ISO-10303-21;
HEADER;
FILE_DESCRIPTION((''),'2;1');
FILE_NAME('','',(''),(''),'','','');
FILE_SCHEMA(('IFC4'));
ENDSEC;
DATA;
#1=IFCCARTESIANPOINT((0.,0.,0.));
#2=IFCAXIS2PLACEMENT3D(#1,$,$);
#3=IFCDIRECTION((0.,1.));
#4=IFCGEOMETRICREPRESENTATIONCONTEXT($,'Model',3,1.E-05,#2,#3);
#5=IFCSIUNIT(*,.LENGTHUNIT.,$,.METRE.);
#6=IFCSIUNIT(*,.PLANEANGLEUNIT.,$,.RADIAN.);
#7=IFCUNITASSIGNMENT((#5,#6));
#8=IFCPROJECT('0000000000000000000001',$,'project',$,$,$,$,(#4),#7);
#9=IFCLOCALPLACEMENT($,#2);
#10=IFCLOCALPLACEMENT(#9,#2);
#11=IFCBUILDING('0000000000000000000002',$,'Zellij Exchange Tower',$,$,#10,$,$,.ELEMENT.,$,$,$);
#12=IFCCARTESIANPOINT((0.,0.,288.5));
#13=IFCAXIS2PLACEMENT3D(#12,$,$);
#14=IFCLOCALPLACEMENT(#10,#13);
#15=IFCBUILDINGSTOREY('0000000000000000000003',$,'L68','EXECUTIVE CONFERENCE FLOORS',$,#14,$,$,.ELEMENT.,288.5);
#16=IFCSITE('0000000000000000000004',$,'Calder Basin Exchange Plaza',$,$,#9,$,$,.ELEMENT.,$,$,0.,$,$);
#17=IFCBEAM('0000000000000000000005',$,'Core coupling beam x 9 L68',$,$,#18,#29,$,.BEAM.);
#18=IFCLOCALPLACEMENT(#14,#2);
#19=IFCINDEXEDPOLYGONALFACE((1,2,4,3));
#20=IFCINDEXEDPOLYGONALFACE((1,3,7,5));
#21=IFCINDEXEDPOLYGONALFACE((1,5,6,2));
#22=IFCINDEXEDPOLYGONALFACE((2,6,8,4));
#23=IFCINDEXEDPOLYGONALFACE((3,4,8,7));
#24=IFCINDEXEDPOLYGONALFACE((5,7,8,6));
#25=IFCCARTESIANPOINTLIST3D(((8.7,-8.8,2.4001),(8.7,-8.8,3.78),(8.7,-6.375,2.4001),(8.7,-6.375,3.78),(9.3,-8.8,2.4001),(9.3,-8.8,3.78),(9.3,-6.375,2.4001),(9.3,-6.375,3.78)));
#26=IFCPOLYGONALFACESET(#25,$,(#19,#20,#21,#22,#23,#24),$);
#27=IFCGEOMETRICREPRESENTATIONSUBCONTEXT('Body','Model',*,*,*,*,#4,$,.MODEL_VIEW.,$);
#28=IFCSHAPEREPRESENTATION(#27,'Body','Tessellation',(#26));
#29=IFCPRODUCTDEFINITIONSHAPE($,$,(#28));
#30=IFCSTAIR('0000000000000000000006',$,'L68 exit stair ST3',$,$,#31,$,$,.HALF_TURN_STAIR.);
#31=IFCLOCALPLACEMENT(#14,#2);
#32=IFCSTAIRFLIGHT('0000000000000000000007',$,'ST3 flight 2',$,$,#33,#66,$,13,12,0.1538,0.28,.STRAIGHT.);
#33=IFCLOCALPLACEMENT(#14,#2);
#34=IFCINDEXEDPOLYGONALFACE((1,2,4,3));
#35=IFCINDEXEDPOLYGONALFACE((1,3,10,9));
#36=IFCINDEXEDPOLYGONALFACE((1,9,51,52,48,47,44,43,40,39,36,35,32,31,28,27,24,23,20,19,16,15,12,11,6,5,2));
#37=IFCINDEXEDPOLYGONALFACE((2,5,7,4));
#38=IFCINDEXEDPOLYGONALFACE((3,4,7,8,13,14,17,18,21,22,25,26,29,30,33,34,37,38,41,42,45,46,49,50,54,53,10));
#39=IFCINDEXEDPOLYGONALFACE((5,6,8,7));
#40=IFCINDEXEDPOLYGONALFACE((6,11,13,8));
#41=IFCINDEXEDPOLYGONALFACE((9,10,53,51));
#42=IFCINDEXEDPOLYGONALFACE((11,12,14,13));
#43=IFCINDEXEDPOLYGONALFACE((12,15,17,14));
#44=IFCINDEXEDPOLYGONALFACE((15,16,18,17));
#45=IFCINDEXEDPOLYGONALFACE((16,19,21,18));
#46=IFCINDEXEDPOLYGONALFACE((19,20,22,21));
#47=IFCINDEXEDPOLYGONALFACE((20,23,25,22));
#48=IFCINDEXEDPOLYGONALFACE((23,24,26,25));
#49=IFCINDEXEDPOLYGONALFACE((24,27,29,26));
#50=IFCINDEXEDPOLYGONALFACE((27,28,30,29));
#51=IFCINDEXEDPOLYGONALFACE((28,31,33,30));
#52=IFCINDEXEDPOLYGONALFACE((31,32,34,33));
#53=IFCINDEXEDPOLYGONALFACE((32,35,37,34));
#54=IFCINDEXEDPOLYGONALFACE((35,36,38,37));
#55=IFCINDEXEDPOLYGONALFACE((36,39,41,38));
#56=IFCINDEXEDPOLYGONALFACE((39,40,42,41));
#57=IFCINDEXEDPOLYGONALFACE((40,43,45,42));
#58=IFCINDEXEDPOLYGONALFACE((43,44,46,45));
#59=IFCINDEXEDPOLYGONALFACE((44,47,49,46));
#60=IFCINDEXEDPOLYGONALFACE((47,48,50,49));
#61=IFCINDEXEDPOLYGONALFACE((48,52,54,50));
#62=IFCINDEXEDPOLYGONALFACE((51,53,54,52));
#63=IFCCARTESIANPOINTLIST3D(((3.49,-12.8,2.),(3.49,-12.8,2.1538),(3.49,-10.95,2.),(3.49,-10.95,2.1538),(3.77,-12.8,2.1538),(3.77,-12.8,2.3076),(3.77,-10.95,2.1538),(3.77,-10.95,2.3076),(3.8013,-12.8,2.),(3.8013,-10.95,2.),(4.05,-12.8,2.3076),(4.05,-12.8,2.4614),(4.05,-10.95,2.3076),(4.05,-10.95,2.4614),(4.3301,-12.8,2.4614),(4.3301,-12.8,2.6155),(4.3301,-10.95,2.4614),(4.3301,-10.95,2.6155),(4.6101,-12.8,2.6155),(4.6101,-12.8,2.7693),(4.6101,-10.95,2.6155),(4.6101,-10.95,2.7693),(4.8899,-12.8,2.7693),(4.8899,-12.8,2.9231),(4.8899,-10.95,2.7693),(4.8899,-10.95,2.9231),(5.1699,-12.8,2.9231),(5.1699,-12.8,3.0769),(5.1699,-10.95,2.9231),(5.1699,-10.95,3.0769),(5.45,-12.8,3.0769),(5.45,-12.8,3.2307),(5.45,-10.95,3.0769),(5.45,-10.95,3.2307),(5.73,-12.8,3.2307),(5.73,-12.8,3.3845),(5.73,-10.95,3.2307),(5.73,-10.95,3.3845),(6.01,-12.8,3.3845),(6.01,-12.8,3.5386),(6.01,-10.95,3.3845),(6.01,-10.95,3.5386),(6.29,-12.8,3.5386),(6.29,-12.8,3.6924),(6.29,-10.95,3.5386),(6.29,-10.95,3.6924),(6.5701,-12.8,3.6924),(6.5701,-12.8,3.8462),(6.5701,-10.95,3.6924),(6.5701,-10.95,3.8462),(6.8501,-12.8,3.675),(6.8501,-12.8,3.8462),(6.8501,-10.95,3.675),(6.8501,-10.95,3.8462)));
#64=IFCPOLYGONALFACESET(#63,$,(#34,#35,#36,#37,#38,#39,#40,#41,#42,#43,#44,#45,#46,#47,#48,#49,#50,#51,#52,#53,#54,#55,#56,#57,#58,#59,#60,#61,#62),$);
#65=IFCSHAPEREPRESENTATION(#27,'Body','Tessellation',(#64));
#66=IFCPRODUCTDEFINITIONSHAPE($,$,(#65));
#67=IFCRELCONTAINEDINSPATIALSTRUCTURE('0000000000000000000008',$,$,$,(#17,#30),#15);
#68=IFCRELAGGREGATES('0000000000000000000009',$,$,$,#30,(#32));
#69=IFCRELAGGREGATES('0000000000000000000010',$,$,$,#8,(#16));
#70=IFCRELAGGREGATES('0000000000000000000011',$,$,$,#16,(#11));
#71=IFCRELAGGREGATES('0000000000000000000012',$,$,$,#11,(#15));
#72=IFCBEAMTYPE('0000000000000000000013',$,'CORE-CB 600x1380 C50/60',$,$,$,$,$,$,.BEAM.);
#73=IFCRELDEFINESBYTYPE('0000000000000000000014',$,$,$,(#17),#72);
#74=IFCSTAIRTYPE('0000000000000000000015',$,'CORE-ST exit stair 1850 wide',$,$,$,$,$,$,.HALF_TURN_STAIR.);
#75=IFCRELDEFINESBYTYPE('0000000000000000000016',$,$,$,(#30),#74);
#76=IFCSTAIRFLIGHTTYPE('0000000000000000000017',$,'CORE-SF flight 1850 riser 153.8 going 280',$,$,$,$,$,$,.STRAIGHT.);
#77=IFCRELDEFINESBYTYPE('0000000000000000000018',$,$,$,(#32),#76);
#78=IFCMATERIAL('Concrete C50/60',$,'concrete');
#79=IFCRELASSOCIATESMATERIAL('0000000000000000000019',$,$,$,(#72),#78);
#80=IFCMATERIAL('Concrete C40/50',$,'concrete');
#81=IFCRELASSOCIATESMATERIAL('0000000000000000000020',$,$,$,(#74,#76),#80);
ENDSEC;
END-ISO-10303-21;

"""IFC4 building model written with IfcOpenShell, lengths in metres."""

from ifc_helpers import new_model, si_unit, direction, frame, origin, origin_2d, place, context, subcontext, project, spatial, polyline, rectangle, outline, extrude, material, material_profile, profile_set, type_object, element, aggregate, save


model = new_model("IFC4")

# Units and contexts
model_context = context("Model", 3, precision=1e-05, world=origin(), true_north=direction((0.0, 1.0)))
body_context = subcontext(model_context, "Body", "Model", "MODEL_VIEW")
ifc_project = project(units=[si_unit("LENGTHUNIT", "METRE"), si_unit("PLANEANGLEUNIT", "RADIAN")], contexts=[model_context])

# Site, building, storey
site_placement = place(None, origin())
site = spatial("IfcSite", under=ifc_project, at=site_placement, Name="Calder Basin Exchange Plaza", CompositionType="ELEMENT", RefElevation=0.0)
building_placement = place(site_placement, origin())
building = spatial("IfcBuilding", under=site, at=building_placement, Name="Zellij Exchange Tower", CompositionType="ELEMENT")
storey_placement = place(building_placement, frame((0.0, 0.0, 288.5)))
storey = spatial("IfcBuildingStorey", under=building, at=storey_placement, Name="L68", Description="EXECUTIVE CONFERENCE FLOORS", CompositionType="ELEMENT", Elevation=288.5)

# Beam
ifc_material_1 = material(Name="Concrete C50/60", Category="concrete")
ifc_material_profile = material_profile(ifc_material_1, rectangle(XDim=0.6001, YDim=1.3799, at=origin_2d()), Name="CORE-CB 600x1380 C50/60")
ifc_profile_set = profile_set([ifc_material_profile], Name="Concrete C50/60")
beam_type = type_object("IfcBeamType", Name="CORE-CB 600x1380 C50/60", PredefinedType="BEAM", material=ifc_profile_set)
beam_placement = place(storey_placement, frame((9.0, -8.8, 3.0901), z_axis=(0.0, 1.0, 0.0), x_axis=(-1.0, 0.0, 0.0)))
element("IfcBeam", 1, at=beam_placement, inside=storey, type_object=beam_type, Name="Core coupling beam x 9 L68", PredefinedType="BEAM", context=body_context, shape_type="SweptSolid", body=[
    extrude(rectangle(XDim=0.6001, YDim=1.3799, at=origin_2d()), origin(), (0.0, 0.0, 1.0), 2.425),
])

# Stair, stair flight
ifc_material_2 = material(Name="Concrete C40/50", Category="concrete")
stair_type = type_object("IfcStairType", Name="CORE-ST exit stair 1850 wide", PredefinedType="HALF_TURN_STAIR", material=ifc_material_2)
stair_placement = place(storey_placement, origin())
stair = element("IfcStair", 2, at=stair_placement, inside=storey, type_object=stair_type, Name="L68 exit stair ST3", PredefinedType="HALF_TURN_STAIR")
stair_flight_type = type_object("IfcStairFlightType", Name="CORE-SF flight 1850 riser 153.8 going 280", PredefinedType="STRAIGHT", material=ifc_material_2)
stair_flight_placement = place(storey_placement, frame((3.49, -11.875, 2.0), z_axis=(0.0, 0.0, 1.0), x_axis=(1.0, 0.0, 0.0)))
stair_flight = element("IfcStairFlight", 3, at=stair_flight_placement, type_object=stair_flight_type, Name="ST3 flight 2", NumberOfRisers=13, NumberOfTreads=12, PredefinedType="STRAIGHT", RiserHeight=0.1538, TreadLength=0.28, context=body_context, shape_type="SweptSolid", body=[
    extrude(outline(polyline([(0.0, 0.0), (0.0, 0.1538), (0.28, 0.1538), (0.28, 0.3076), (0.5601, 0.3076), (0.5601, 0.4614), (0.8401, 0.4614), (0.8401, 0.6155), (1.1201, 0.6155), (1.1201, 0.7693), (1.3999, 0.7693), (1.3999, 0.9231), (1.6799, 0.9231), (1.6799, 1.0769), (1.96, 1.0769), (1.96, 1.2307), (2.24, 1.2307), (2.24, 1.3845), (2.52, 1.3845), (2.52, 1.5386), (2.8, 1.5386), (2.8, 1.6924), (3.0801, 1.6924), (3.0801, 1.8462), (3.3601, 1.8462), (3.3601, 2.0), (3.3601, 1.675), (0.3113, 0.0), (0.0, 0.0)])), frame((0.0, 0.925, 0.0), z_axis=(0.0, -1.0, 0.0), x_axis=(1.0, 0.0, 0.0)), (0.0, 0.0, 1.0), 1.8501),
])
aggregate(stair, [stair_flight])

save(model, "model.ifc")
